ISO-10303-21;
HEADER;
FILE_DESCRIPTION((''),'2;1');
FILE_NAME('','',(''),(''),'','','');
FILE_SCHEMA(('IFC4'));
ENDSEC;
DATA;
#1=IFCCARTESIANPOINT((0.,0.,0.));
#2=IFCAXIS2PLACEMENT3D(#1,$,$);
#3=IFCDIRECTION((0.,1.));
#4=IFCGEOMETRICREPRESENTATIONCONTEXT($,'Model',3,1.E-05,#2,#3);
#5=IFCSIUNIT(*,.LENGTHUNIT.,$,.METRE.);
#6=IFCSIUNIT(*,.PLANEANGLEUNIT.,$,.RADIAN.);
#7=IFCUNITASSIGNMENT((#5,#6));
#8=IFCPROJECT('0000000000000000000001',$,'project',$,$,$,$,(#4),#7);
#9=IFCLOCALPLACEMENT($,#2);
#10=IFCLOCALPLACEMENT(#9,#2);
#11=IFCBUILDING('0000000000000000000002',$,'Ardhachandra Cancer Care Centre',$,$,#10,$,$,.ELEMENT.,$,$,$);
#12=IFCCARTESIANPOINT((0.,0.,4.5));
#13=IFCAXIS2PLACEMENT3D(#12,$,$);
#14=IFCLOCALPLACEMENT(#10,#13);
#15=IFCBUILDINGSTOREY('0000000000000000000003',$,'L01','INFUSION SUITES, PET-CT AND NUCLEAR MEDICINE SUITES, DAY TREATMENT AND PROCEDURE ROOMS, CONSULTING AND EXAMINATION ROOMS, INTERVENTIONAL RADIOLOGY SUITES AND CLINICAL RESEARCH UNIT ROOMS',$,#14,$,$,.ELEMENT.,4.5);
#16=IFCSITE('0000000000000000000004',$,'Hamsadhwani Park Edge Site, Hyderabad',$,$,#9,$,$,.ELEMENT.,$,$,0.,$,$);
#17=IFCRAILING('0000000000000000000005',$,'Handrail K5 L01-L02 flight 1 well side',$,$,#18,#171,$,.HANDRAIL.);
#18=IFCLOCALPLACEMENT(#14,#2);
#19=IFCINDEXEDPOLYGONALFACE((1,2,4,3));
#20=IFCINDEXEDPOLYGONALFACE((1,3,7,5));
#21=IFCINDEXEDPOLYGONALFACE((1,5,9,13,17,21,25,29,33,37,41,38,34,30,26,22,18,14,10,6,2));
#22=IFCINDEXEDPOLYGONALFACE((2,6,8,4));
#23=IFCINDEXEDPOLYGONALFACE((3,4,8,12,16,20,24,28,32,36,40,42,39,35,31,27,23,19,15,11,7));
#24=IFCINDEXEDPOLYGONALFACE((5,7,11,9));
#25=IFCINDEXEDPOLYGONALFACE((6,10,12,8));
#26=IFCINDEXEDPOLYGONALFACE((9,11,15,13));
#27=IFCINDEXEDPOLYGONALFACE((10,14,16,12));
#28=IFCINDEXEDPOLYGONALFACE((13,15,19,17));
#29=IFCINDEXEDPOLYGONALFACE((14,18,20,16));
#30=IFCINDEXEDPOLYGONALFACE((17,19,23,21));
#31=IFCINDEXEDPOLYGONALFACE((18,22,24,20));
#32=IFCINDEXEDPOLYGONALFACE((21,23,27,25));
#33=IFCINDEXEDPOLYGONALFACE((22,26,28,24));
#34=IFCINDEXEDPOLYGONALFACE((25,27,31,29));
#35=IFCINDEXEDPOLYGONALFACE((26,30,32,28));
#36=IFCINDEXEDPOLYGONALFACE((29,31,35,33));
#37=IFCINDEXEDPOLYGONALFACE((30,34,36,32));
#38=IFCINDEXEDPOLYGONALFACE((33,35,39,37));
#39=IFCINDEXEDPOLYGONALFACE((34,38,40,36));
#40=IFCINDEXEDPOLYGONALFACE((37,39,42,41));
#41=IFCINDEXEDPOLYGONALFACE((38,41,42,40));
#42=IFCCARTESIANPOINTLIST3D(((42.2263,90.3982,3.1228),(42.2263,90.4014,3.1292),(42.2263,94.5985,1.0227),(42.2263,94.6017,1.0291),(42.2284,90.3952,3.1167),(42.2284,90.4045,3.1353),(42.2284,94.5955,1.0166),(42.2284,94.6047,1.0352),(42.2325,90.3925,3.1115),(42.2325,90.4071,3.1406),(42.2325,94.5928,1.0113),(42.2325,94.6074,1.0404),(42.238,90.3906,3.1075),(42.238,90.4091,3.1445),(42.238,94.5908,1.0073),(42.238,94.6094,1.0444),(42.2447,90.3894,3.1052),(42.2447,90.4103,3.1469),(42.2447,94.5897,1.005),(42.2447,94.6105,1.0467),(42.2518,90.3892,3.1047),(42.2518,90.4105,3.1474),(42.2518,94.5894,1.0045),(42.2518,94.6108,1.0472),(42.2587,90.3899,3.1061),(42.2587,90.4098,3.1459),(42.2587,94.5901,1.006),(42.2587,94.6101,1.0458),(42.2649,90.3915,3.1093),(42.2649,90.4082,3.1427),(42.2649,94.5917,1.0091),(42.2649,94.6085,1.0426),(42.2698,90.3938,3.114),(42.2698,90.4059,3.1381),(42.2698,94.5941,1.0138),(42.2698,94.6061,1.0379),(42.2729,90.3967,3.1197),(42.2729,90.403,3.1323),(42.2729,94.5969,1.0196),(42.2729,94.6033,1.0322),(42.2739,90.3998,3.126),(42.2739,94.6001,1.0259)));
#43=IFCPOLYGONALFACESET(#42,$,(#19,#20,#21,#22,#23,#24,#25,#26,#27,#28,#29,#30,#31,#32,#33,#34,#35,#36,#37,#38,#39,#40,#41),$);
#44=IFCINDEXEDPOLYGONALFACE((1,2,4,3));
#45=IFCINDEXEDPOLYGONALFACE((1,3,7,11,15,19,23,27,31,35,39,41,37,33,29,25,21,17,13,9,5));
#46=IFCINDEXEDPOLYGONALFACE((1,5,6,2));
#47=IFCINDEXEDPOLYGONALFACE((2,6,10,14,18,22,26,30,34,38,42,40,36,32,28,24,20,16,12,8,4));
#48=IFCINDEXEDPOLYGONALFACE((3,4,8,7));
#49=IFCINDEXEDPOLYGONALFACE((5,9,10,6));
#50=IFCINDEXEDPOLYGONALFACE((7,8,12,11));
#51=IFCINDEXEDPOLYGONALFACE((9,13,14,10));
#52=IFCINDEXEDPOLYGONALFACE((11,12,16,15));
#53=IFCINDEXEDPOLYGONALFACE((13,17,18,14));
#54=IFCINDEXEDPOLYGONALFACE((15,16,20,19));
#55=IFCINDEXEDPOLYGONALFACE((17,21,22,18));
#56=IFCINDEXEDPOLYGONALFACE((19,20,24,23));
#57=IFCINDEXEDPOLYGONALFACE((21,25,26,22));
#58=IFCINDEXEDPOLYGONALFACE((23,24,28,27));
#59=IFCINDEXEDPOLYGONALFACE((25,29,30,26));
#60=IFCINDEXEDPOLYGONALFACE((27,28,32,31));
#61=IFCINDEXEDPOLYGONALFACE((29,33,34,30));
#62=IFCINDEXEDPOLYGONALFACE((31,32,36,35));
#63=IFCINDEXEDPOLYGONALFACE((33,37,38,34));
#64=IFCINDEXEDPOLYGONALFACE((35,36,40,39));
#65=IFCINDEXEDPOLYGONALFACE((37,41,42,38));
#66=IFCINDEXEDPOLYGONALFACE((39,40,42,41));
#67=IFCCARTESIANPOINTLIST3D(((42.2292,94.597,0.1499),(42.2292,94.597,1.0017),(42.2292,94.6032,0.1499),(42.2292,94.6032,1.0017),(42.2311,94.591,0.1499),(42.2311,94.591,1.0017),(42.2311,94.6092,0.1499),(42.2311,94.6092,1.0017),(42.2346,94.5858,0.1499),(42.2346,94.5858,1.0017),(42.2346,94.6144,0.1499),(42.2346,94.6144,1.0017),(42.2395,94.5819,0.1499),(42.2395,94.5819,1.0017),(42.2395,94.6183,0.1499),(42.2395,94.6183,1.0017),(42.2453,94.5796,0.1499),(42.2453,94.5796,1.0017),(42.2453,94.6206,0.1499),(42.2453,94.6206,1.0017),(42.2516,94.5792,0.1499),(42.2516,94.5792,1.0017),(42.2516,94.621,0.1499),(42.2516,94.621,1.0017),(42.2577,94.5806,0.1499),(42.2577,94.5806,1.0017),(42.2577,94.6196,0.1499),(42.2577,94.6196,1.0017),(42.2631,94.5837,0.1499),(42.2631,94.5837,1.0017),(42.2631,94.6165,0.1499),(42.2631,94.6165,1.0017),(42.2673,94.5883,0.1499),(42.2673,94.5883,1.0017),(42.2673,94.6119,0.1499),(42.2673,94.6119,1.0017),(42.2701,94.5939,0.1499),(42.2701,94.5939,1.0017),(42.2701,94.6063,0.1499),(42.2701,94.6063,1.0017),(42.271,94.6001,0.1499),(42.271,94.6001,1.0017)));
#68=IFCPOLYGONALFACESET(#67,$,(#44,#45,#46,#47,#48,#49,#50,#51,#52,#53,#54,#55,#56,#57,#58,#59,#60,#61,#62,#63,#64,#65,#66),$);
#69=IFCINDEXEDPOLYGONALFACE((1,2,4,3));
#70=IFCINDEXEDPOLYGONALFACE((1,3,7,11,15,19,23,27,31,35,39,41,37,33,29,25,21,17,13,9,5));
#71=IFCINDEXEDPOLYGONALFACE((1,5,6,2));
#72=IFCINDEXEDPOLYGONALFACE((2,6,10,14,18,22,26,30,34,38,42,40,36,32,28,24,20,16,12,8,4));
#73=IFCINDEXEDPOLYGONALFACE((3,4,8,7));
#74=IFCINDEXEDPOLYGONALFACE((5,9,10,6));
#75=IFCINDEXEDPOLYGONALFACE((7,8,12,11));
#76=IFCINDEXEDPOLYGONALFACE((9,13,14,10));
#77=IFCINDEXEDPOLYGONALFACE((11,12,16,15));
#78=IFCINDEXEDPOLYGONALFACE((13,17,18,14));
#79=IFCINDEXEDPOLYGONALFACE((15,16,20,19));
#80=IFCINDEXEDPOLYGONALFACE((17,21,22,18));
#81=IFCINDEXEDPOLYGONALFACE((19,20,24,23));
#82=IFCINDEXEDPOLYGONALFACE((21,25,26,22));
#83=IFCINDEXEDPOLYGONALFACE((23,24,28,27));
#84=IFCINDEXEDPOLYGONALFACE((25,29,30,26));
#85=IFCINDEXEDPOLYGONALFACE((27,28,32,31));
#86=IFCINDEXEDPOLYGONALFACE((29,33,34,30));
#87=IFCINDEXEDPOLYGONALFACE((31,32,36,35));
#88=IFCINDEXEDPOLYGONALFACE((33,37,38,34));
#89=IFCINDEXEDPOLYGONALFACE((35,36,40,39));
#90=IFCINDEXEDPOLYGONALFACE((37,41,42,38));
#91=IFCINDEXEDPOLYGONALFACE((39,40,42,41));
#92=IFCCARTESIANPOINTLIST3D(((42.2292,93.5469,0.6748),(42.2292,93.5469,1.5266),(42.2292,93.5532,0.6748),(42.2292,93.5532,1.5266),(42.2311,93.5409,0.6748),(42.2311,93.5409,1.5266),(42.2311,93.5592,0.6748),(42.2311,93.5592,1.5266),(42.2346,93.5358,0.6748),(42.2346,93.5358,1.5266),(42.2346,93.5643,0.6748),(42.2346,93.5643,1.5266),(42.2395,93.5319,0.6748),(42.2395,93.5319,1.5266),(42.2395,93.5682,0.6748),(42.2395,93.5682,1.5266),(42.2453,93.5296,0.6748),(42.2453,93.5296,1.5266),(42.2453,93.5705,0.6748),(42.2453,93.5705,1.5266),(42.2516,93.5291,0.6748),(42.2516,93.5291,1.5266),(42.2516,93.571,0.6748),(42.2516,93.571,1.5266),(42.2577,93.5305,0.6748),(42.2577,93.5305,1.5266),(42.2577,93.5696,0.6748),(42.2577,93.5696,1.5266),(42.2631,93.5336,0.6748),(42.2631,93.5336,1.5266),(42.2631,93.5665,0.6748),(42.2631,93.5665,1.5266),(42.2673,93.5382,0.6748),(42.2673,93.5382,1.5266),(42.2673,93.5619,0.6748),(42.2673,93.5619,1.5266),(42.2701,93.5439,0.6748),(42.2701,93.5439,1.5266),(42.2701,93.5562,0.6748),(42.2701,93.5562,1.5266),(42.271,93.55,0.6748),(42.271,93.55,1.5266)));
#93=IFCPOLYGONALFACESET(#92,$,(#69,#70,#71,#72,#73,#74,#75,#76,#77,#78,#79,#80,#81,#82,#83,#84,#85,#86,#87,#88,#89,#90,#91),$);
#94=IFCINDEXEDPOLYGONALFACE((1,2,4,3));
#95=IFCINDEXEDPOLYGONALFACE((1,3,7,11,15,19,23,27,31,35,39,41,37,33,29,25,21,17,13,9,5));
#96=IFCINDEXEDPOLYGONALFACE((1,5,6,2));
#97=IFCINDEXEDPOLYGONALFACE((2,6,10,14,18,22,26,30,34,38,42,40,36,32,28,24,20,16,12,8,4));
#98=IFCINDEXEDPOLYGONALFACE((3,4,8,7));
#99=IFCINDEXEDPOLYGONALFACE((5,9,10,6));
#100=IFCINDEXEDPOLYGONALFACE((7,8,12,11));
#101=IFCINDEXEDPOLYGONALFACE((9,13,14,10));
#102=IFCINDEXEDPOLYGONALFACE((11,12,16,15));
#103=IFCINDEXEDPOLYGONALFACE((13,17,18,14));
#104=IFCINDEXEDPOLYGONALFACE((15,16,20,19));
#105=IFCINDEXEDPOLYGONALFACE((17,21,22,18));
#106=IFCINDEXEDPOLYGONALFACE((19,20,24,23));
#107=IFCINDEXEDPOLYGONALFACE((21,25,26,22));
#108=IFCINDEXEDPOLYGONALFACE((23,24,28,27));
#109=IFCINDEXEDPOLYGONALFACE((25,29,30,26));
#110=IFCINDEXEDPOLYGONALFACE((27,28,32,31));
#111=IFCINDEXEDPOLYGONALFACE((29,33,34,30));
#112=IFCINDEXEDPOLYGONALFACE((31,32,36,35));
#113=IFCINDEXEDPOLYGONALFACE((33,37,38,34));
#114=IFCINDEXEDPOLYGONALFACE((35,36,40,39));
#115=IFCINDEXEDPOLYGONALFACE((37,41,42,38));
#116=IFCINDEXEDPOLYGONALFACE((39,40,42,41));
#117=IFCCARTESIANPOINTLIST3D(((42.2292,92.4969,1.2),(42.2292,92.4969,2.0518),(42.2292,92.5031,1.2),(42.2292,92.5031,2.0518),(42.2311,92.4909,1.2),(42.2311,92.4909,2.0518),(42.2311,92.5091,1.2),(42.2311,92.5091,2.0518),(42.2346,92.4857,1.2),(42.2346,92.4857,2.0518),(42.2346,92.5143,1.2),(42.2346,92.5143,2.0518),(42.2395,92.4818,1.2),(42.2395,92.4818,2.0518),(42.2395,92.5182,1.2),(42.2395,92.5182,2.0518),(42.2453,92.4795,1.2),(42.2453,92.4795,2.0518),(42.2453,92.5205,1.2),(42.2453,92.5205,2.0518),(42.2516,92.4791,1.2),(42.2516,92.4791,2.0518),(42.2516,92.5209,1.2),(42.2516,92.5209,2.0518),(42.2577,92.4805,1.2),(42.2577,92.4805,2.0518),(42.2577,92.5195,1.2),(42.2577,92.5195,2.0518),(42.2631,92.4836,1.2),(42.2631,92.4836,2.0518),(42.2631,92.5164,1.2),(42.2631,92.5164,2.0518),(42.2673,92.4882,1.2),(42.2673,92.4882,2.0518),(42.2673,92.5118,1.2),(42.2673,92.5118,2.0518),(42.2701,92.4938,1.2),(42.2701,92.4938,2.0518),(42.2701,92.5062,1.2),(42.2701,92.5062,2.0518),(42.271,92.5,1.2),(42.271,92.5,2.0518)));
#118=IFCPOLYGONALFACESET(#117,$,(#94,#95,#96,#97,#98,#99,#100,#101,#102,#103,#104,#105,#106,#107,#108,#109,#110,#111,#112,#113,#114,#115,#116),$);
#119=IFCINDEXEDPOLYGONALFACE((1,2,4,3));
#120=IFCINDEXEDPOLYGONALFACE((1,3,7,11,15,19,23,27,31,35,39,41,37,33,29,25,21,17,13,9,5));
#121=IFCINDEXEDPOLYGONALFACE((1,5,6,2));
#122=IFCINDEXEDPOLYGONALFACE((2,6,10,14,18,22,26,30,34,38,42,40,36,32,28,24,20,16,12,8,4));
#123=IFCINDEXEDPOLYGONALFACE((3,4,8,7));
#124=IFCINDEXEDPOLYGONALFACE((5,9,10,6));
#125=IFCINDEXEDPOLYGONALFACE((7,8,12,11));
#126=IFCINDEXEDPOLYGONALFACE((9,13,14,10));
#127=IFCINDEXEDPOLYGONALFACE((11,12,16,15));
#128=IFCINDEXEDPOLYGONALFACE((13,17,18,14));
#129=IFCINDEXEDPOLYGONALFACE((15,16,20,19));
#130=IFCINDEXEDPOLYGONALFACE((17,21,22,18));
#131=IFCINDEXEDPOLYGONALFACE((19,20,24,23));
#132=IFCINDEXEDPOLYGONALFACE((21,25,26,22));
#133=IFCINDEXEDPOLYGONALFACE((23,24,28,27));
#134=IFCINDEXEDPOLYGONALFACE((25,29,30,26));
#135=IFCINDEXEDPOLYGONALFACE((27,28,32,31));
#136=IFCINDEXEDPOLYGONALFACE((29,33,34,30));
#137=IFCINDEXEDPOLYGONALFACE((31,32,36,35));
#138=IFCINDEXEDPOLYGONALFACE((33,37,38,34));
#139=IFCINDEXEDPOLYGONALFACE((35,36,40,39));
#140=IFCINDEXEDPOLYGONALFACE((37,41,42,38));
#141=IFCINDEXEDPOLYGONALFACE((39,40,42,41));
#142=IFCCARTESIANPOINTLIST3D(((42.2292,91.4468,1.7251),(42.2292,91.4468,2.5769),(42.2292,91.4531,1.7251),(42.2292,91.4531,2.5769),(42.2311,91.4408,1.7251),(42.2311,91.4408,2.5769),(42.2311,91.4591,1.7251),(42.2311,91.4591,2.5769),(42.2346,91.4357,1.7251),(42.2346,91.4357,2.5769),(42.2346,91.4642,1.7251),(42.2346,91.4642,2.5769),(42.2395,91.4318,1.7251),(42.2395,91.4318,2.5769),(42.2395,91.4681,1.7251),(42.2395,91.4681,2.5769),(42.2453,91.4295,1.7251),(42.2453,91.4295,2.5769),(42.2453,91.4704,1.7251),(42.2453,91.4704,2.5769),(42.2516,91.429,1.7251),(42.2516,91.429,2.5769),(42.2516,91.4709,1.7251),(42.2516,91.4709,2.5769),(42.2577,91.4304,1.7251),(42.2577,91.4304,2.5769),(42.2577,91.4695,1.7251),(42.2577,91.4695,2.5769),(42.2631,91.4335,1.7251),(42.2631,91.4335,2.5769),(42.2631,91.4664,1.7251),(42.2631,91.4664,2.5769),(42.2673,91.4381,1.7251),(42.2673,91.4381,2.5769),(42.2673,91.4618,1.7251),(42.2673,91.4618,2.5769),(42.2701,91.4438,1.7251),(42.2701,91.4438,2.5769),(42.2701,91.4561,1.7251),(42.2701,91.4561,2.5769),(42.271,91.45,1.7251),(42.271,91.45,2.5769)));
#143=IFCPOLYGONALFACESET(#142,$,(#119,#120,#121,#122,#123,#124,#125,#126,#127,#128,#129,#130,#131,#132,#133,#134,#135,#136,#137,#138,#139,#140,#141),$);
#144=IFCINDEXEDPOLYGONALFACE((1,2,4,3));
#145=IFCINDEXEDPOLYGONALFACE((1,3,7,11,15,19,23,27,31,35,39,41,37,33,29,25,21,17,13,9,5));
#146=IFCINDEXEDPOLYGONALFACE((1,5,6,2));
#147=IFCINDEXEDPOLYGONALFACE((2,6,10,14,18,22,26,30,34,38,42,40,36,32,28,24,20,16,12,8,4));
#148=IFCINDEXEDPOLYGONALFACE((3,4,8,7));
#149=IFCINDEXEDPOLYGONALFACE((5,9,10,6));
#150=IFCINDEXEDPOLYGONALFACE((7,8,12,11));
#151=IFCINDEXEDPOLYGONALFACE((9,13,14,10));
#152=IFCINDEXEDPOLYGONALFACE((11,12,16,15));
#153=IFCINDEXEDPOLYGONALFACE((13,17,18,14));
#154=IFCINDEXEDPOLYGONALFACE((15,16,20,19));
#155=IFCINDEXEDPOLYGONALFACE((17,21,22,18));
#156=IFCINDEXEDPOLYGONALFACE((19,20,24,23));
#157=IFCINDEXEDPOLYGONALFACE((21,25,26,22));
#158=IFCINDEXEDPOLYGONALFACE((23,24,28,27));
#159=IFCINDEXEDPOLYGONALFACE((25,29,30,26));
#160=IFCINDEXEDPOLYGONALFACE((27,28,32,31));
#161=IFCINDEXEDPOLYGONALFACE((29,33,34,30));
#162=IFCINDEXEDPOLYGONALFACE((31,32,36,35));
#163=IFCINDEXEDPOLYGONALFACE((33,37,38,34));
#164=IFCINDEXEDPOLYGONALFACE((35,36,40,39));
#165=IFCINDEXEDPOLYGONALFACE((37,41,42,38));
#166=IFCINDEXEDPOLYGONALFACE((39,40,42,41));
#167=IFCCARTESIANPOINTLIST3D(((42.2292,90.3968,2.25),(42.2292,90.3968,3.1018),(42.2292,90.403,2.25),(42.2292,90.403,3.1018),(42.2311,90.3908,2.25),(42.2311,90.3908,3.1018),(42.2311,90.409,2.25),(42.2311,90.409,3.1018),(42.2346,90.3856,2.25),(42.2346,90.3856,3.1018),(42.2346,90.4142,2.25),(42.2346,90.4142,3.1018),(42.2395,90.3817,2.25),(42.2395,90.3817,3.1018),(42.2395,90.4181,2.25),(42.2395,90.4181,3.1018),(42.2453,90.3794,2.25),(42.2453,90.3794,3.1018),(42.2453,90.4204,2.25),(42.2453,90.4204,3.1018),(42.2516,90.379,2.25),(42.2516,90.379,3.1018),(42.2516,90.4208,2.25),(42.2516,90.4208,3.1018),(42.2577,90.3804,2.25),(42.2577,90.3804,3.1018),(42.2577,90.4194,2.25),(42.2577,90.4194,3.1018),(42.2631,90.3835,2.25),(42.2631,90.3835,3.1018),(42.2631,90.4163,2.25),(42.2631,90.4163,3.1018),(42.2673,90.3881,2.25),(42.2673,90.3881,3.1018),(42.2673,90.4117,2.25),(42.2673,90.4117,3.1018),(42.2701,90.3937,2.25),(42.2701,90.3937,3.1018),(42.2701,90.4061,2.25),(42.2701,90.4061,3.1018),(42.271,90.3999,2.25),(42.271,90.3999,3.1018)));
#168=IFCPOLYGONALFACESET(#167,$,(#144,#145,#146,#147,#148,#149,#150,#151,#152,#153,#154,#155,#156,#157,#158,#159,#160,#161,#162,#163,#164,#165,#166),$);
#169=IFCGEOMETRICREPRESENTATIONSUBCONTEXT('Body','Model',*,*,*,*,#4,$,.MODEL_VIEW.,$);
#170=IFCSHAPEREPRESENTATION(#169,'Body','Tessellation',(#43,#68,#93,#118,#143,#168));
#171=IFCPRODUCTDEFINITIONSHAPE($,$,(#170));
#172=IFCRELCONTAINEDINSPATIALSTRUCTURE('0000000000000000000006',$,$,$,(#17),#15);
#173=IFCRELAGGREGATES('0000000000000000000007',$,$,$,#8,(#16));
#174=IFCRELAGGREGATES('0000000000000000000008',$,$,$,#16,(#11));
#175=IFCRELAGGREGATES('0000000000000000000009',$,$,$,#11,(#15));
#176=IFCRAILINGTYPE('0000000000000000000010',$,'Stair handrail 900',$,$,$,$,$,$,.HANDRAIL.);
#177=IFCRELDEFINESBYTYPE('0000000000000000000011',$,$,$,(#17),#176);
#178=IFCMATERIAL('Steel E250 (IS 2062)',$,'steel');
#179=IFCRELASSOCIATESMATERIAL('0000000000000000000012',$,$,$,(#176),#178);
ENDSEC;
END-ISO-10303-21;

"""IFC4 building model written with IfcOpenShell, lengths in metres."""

from ifc_helpers import new_model, si_unit, direction, frame, origin, origin_2d, place, context, subcontext, project, spatial, circle, extrude, material, type_object, element, save


model = new_model("IFC4")

# Units and contexts
model_context = context("Model", 3, precision=1e-05, world=origin(), true_north=direction((0.0, 1.0)))
body_context = subcontext(model_context, "Body", "Model", "MODEL_VIEW")
ifc_project = project(units=[si_unit("LENGTHUNIT", "METRE"), si_unit("PLANEANGLEUNIT", "RADIAN")], contexts=[model_context])

# Site, building, storey
site_placement = place(None, origin())
site = spatial("IfcSite", under=ifc_project, at=site_placement, Name="Hamsadhwani Park Edge Site, Hyderabad", CompositionType="ELEMENT", RefElevation=0.0)
building_placement = place(site_placement, origin())
building = spatial("IfcBuilding", under=site, at=building_placement, Name="Ardhachandra Cancer Care Centre", CompositionType="ELEMENT")
storey_placement = place(building_placement, frame((0.0, 0.0, 4.5)))
storey = spatial("IfcBuildingStorey", under=building, at=storey_placement, Name="L01", Description="INFUSION SUITES, PET-CT AND NUCLEAR MEDICINE SUITES, DAY TREATMENT AND PROCEDURE ROOMS, CONSULTING AND EXAMINATION ROOMS, INTERVENTIONAL RADIOLOGY SUITES AND CLINICAL RESEARCH UNIT ROOMS", CompositionType="ELEMENT", Elevation=4.5)

# Railing
ifc_material_1 = material(Name="Steel E250 (IS 2062)", Category="steel")
railing_type_1 = type_object("IfcRailingType", Name="Stair handrail 900", PredefinedType="HANDRAIL", material=ifc_material_1)
for number, where, name in (
    (1, (42.25, 94.6001, 0.1499), "Handrail K5 L01-L02 flight 1 well side"),
):
    element("IfcRailing", number, at=place(storey_placement, frame(where)), inside=storey, type_object=railing_type_1, Name=name, PredefinedType="HANDRAIL", context=body_context, shape_type="SweptSolid", body=[
        extrude(circle(Radius=0.0239, at=origin_2d()), frame((0.0, 0.0, 0.876), z_axis=(0.0, -0.894427, 0.447214), x_axis=(1.0, 0.0, 0.0)), (0.0, 0.0, 1.0), 4.696),
        extrude(circle(Radius=0.021, at=origin_2d()), origin(), (0.0, 0.0, 1.0), 0.8518),
        extrude(circle(Radius=0.021, at=origin_2d()), frame((0.0, -1.05, 0.5249)), (0.0, 0.0, 1.0), 0.8518),
        extrude(circle(Radius=0.021, at=origin_2d()), frame((0.0, -2.1001, 1.05)), (0.0, 0.0, 1.0), 0.8518),
        extrude(circle(Radius=0.021, at=origin_2d()), frame((0.0, -3.1501, 1.5752)), (0.0, 0.0, 1.0), 0.8518),
        extrude(circle(Radius=0.021, at=origin_2d()), frame((0.0, -4.2002, 2.1001)), (0.0, 0.0, 1.0), 0.8518),
    ])

save(model, "model.ifc")
